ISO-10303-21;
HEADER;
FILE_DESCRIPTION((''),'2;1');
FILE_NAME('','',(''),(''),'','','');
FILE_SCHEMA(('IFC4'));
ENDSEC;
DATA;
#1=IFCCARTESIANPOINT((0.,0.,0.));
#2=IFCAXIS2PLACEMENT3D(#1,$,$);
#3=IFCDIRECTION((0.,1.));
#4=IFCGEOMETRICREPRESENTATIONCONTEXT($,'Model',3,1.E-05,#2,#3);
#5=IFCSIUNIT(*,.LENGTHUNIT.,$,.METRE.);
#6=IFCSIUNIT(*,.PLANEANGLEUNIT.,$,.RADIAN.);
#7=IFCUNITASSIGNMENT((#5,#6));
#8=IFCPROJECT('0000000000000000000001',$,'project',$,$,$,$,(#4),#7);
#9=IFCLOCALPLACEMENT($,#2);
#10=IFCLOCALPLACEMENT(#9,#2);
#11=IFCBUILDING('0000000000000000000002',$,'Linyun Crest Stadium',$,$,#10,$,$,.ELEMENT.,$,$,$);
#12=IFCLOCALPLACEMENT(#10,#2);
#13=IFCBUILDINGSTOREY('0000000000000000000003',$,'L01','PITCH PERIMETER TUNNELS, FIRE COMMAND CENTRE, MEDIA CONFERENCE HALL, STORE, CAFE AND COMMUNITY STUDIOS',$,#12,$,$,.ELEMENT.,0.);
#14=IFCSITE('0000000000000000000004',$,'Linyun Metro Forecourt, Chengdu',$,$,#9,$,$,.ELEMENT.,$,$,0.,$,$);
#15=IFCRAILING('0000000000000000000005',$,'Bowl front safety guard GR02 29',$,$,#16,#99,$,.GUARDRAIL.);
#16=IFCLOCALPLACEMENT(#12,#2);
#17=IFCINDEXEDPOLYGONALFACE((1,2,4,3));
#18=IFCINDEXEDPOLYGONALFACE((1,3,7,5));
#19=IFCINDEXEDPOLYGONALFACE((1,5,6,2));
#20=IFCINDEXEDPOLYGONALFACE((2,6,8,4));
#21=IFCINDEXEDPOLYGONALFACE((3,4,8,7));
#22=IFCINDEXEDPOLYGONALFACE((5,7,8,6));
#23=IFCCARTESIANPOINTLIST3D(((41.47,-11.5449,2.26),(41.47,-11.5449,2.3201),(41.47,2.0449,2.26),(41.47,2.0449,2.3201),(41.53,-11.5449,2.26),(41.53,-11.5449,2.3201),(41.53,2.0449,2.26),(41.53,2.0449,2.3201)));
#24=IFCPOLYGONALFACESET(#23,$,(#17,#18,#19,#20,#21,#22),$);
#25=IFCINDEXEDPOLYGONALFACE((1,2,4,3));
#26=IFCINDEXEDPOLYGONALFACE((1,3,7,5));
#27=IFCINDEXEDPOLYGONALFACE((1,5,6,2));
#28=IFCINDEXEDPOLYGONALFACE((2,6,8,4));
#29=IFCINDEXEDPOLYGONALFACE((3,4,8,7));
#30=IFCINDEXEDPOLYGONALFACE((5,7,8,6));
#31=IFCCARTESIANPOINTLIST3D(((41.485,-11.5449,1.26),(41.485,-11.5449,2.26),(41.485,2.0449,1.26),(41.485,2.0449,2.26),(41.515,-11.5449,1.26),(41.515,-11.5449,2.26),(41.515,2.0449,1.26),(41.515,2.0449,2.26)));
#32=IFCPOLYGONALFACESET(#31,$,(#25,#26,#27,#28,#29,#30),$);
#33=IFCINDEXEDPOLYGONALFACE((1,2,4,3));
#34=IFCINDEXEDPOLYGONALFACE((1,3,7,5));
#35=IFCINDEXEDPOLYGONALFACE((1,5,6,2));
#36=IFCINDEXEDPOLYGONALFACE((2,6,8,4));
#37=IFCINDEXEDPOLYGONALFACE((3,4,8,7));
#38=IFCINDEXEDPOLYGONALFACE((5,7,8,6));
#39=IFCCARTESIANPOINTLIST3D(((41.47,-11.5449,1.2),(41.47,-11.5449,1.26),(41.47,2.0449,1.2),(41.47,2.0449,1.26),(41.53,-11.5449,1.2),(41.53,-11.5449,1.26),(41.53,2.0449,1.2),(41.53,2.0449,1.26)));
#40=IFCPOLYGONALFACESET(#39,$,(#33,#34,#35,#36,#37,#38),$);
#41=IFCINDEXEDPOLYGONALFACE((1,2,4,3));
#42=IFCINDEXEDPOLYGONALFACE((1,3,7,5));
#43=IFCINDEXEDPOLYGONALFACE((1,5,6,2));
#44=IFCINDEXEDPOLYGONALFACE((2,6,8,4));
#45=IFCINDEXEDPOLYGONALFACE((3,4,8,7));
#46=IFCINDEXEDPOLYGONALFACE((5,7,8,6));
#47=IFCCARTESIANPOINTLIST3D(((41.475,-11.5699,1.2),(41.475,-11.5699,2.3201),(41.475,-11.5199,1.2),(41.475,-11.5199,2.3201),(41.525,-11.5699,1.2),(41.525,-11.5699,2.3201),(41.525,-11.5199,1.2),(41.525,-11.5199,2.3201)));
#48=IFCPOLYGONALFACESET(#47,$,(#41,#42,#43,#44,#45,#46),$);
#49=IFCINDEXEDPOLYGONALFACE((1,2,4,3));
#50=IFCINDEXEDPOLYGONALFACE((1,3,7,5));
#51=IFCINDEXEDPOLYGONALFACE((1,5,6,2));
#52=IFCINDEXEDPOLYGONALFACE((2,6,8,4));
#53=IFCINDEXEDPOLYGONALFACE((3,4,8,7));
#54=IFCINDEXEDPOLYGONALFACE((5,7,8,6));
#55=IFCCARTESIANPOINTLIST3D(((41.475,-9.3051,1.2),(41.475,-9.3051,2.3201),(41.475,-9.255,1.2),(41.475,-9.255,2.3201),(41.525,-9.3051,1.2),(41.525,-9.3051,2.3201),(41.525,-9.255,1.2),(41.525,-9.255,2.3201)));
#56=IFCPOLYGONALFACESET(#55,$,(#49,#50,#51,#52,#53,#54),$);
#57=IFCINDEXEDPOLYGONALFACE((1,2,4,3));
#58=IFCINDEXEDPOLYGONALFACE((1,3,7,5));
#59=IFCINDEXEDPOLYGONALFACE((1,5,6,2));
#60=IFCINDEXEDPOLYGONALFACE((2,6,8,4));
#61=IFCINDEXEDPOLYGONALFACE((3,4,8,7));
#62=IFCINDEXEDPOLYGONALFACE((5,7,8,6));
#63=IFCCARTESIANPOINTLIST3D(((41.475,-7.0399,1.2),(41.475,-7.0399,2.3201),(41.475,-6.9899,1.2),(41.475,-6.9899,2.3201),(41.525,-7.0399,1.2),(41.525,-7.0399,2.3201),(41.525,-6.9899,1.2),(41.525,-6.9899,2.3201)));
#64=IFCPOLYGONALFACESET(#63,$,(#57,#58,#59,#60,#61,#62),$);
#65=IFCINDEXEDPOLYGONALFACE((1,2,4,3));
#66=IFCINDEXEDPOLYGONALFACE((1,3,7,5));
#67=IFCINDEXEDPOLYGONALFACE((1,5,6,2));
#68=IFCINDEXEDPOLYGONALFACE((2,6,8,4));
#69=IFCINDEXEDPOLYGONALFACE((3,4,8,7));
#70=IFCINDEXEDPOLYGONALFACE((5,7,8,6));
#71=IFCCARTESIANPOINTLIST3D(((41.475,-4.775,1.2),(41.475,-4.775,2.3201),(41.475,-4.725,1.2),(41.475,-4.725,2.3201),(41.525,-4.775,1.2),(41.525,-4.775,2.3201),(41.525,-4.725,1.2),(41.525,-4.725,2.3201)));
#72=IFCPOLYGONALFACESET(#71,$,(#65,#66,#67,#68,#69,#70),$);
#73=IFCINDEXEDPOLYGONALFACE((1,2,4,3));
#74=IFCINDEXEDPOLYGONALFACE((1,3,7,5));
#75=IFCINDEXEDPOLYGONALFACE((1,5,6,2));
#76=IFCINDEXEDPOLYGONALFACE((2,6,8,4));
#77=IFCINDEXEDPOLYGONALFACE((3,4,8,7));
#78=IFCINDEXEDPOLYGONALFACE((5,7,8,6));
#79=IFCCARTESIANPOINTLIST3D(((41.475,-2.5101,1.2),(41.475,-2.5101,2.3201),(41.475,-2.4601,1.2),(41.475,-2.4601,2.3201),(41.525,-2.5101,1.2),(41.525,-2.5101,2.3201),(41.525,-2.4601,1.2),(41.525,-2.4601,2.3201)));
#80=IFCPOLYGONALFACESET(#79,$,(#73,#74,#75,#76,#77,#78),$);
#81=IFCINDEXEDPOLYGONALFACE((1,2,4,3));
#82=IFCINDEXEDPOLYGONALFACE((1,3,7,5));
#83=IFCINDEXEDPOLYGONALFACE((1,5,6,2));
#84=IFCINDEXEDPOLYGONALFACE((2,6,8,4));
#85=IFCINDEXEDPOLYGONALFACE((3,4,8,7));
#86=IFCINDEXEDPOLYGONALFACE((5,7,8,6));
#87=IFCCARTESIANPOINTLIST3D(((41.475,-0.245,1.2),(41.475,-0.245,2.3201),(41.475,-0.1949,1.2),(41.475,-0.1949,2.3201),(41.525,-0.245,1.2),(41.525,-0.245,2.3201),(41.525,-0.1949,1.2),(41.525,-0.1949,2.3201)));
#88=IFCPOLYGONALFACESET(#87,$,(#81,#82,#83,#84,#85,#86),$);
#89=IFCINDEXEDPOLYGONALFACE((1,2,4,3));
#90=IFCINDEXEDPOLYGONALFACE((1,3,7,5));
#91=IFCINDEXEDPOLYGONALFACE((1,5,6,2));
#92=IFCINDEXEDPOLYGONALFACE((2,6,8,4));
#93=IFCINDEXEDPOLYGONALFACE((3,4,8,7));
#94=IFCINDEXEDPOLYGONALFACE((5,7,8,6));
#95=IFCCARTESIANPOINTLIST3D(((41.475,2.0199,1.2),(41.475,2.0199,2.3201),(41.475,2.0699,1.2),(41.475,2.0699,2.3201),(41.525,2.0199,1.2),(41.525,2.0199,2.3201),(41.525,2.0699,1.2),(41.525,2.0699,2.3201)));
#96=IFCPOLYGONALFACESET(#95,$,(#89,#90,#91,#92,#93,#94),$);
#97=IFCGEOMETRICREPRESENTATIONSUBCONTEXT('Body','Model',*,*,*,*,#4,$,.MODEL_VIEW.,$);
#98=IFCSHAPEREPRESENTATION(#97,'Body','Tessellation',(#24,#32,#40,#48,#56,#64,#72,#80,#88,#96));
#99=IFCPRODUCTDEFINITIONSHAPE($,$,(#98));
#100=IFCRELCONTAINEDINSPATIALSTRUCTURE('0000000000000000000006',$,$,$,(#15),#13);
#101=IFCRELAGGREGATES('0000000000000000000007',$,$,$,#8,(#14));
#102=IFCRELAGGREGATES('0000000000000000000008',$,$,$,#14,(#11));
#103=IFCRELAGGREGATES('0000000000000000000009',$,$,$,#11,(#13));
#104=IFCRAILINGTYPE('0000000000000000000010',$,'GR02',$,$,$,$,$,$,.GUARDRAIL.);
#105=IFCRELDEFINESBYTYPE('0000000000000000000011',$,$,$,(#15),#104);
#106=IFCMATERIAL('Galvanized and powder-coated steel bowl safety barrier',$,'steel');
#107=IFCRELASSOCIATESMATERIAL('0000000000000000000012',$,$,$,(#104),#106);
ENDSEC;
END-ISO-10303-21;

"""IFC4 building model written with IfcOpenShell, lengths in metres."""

from ifc_helpers import new_model, si_unit, direction, frame, origin, origin_2d, place, context, subcontext, project, spatial, rectangle, extrude, material, type_object, element, save


model = new_model("IFC4")

# Units and contexts
model_context = context("Model", 3, precision=1e-05, world=origin(), true_north=direction((0.0, 1.0)))
body_context = subcontext(model_context, "Body", "Model", "MODEL_VIEW")
ifc_project = project(units=[si_unit("LENGTHUNIT", "METRE"), si_unit("PLANEANGLEUNIT", "RADIAN")], contexts=[model_context])

# Site, building, storey
site_placement = place(None, origin())
site = spatial("IfcSite", under=ifc_project, at=site_placement, Name="Linyun Metro Forecourt, Chengdu", CompositionType="ELEMENT", RefElevation=0.0)
building_placement = place(site_placement, origin())
building = spatial("IfcBuilding", under=site, at=building_placement, Name="Linyun Crest Stadium", CompositionType="ELEMENT")
storey_placement = place(building_placement, origin())
storey = spatial("IfcBuildingStorey", under=building, at=storey_placement, Name="L01", Description="PITCH PERIMETER TUNNELS, FIRE COMMAND CENTRE, MEDIA CONFERENCE HALL, STORE, CAFE AND COMMUNITY STUDIOS", CompositionType="ELEMENT", Elevation=0.0)

# Railing
ifc_material_1 = material(Name="Galvanized and powder-coated steel bowl safety barrier", Category="steel")
railing_type = type_object("IfcRailingType", Name="GR02", PredefinedType="GUARDRAIL", material=ifc_material_1)
for number, where, name in (
    (1, (41.5, -11.5449, 1.2), "Bowl front safety guard GR02 29"),
):
    element("IfcRailing", number, at=place(storey_placement, frame(where)), inside=storey, type_object=railing_type, Name=name, PredefinedType="GUARDRAIL", context=body_context, shape_type="SweptSolid", body=[
        extrude(rectangle(XDim=0.0601, YDim=0.0601, at=origin_2d()), frame((0.0, 0.0, 1.0901), z_axis=(0.0, 1.0, 0.0), x_axis=(-1.0, 0.0, 0.0)), (0.0, 0.0, 1.0), 13.5898),
        extrude(rectangle(XDim=0.03, YDim=1.0, at=origin_2d()), frame((0.0, 0.0, 0.5601), z_axis=(0.0, 1.0, 0.0), x_axis=(-1.0, 0.0, 0.0)), (0.0, 0.0, 1.0), 13.5898),
        extrude(rectangle(XDim=0.0601, YDim=0.0601, at=origin_2d()), frame((0.0, 0.0, 0.03), z_axis=(0.0, 1.0, 0.0), x_axis=(-1.0, 0.0, 0.0)), (0.0, 0.0, 1.0), 13.5898),
        extrude(rectangle(XDim=0.05, YDim=0.05, at=origin_2d()), origin(), (0.0, 0.0, 1.0), 1.1201),
        extrude(rectangle(XDim=0.05, YDim=0.05, at=origin_2d()), frame((0.0, 2.2649, 0.0)), (0.0, 0.0, 1.0), 1.1201),
        extrude(rectangle(XDim=0.05, YDim=0.05, at=origin_2d()), frame((0.0, 4.53, 0.0)), (0.0, 0.0, 1.0), 1.1201),
        extrude(rectangle(XDim=0.05, YDim=0.05, at=origin_2d()), frame((0.0, 6.7949, 0.0)), (0.0, 0.0, 1.0), 1.1201),
        extrude(rectangle(XDim=0.05, YDim=0.05, at=origin_2d()), frame((0.0, 9.0598, 0.0)), (0.0, 0.0, 1.0), 1.1201),
        extrude(rectangle(XDim=0.05, YDim=0.05, at=origin_2d()), frame((0.0, 11.325, 0.0)), (0.0, 0.0, 1.0), 1.1201),
        extrude(rectangle(XDim=0.05, YDim=0.05, at=origin_2d()), frame((0.0, 13.5898, 0.0)), (0.0, 0.0, 1.0), 1.1201),
    ])

save(model, "model.ifc")
